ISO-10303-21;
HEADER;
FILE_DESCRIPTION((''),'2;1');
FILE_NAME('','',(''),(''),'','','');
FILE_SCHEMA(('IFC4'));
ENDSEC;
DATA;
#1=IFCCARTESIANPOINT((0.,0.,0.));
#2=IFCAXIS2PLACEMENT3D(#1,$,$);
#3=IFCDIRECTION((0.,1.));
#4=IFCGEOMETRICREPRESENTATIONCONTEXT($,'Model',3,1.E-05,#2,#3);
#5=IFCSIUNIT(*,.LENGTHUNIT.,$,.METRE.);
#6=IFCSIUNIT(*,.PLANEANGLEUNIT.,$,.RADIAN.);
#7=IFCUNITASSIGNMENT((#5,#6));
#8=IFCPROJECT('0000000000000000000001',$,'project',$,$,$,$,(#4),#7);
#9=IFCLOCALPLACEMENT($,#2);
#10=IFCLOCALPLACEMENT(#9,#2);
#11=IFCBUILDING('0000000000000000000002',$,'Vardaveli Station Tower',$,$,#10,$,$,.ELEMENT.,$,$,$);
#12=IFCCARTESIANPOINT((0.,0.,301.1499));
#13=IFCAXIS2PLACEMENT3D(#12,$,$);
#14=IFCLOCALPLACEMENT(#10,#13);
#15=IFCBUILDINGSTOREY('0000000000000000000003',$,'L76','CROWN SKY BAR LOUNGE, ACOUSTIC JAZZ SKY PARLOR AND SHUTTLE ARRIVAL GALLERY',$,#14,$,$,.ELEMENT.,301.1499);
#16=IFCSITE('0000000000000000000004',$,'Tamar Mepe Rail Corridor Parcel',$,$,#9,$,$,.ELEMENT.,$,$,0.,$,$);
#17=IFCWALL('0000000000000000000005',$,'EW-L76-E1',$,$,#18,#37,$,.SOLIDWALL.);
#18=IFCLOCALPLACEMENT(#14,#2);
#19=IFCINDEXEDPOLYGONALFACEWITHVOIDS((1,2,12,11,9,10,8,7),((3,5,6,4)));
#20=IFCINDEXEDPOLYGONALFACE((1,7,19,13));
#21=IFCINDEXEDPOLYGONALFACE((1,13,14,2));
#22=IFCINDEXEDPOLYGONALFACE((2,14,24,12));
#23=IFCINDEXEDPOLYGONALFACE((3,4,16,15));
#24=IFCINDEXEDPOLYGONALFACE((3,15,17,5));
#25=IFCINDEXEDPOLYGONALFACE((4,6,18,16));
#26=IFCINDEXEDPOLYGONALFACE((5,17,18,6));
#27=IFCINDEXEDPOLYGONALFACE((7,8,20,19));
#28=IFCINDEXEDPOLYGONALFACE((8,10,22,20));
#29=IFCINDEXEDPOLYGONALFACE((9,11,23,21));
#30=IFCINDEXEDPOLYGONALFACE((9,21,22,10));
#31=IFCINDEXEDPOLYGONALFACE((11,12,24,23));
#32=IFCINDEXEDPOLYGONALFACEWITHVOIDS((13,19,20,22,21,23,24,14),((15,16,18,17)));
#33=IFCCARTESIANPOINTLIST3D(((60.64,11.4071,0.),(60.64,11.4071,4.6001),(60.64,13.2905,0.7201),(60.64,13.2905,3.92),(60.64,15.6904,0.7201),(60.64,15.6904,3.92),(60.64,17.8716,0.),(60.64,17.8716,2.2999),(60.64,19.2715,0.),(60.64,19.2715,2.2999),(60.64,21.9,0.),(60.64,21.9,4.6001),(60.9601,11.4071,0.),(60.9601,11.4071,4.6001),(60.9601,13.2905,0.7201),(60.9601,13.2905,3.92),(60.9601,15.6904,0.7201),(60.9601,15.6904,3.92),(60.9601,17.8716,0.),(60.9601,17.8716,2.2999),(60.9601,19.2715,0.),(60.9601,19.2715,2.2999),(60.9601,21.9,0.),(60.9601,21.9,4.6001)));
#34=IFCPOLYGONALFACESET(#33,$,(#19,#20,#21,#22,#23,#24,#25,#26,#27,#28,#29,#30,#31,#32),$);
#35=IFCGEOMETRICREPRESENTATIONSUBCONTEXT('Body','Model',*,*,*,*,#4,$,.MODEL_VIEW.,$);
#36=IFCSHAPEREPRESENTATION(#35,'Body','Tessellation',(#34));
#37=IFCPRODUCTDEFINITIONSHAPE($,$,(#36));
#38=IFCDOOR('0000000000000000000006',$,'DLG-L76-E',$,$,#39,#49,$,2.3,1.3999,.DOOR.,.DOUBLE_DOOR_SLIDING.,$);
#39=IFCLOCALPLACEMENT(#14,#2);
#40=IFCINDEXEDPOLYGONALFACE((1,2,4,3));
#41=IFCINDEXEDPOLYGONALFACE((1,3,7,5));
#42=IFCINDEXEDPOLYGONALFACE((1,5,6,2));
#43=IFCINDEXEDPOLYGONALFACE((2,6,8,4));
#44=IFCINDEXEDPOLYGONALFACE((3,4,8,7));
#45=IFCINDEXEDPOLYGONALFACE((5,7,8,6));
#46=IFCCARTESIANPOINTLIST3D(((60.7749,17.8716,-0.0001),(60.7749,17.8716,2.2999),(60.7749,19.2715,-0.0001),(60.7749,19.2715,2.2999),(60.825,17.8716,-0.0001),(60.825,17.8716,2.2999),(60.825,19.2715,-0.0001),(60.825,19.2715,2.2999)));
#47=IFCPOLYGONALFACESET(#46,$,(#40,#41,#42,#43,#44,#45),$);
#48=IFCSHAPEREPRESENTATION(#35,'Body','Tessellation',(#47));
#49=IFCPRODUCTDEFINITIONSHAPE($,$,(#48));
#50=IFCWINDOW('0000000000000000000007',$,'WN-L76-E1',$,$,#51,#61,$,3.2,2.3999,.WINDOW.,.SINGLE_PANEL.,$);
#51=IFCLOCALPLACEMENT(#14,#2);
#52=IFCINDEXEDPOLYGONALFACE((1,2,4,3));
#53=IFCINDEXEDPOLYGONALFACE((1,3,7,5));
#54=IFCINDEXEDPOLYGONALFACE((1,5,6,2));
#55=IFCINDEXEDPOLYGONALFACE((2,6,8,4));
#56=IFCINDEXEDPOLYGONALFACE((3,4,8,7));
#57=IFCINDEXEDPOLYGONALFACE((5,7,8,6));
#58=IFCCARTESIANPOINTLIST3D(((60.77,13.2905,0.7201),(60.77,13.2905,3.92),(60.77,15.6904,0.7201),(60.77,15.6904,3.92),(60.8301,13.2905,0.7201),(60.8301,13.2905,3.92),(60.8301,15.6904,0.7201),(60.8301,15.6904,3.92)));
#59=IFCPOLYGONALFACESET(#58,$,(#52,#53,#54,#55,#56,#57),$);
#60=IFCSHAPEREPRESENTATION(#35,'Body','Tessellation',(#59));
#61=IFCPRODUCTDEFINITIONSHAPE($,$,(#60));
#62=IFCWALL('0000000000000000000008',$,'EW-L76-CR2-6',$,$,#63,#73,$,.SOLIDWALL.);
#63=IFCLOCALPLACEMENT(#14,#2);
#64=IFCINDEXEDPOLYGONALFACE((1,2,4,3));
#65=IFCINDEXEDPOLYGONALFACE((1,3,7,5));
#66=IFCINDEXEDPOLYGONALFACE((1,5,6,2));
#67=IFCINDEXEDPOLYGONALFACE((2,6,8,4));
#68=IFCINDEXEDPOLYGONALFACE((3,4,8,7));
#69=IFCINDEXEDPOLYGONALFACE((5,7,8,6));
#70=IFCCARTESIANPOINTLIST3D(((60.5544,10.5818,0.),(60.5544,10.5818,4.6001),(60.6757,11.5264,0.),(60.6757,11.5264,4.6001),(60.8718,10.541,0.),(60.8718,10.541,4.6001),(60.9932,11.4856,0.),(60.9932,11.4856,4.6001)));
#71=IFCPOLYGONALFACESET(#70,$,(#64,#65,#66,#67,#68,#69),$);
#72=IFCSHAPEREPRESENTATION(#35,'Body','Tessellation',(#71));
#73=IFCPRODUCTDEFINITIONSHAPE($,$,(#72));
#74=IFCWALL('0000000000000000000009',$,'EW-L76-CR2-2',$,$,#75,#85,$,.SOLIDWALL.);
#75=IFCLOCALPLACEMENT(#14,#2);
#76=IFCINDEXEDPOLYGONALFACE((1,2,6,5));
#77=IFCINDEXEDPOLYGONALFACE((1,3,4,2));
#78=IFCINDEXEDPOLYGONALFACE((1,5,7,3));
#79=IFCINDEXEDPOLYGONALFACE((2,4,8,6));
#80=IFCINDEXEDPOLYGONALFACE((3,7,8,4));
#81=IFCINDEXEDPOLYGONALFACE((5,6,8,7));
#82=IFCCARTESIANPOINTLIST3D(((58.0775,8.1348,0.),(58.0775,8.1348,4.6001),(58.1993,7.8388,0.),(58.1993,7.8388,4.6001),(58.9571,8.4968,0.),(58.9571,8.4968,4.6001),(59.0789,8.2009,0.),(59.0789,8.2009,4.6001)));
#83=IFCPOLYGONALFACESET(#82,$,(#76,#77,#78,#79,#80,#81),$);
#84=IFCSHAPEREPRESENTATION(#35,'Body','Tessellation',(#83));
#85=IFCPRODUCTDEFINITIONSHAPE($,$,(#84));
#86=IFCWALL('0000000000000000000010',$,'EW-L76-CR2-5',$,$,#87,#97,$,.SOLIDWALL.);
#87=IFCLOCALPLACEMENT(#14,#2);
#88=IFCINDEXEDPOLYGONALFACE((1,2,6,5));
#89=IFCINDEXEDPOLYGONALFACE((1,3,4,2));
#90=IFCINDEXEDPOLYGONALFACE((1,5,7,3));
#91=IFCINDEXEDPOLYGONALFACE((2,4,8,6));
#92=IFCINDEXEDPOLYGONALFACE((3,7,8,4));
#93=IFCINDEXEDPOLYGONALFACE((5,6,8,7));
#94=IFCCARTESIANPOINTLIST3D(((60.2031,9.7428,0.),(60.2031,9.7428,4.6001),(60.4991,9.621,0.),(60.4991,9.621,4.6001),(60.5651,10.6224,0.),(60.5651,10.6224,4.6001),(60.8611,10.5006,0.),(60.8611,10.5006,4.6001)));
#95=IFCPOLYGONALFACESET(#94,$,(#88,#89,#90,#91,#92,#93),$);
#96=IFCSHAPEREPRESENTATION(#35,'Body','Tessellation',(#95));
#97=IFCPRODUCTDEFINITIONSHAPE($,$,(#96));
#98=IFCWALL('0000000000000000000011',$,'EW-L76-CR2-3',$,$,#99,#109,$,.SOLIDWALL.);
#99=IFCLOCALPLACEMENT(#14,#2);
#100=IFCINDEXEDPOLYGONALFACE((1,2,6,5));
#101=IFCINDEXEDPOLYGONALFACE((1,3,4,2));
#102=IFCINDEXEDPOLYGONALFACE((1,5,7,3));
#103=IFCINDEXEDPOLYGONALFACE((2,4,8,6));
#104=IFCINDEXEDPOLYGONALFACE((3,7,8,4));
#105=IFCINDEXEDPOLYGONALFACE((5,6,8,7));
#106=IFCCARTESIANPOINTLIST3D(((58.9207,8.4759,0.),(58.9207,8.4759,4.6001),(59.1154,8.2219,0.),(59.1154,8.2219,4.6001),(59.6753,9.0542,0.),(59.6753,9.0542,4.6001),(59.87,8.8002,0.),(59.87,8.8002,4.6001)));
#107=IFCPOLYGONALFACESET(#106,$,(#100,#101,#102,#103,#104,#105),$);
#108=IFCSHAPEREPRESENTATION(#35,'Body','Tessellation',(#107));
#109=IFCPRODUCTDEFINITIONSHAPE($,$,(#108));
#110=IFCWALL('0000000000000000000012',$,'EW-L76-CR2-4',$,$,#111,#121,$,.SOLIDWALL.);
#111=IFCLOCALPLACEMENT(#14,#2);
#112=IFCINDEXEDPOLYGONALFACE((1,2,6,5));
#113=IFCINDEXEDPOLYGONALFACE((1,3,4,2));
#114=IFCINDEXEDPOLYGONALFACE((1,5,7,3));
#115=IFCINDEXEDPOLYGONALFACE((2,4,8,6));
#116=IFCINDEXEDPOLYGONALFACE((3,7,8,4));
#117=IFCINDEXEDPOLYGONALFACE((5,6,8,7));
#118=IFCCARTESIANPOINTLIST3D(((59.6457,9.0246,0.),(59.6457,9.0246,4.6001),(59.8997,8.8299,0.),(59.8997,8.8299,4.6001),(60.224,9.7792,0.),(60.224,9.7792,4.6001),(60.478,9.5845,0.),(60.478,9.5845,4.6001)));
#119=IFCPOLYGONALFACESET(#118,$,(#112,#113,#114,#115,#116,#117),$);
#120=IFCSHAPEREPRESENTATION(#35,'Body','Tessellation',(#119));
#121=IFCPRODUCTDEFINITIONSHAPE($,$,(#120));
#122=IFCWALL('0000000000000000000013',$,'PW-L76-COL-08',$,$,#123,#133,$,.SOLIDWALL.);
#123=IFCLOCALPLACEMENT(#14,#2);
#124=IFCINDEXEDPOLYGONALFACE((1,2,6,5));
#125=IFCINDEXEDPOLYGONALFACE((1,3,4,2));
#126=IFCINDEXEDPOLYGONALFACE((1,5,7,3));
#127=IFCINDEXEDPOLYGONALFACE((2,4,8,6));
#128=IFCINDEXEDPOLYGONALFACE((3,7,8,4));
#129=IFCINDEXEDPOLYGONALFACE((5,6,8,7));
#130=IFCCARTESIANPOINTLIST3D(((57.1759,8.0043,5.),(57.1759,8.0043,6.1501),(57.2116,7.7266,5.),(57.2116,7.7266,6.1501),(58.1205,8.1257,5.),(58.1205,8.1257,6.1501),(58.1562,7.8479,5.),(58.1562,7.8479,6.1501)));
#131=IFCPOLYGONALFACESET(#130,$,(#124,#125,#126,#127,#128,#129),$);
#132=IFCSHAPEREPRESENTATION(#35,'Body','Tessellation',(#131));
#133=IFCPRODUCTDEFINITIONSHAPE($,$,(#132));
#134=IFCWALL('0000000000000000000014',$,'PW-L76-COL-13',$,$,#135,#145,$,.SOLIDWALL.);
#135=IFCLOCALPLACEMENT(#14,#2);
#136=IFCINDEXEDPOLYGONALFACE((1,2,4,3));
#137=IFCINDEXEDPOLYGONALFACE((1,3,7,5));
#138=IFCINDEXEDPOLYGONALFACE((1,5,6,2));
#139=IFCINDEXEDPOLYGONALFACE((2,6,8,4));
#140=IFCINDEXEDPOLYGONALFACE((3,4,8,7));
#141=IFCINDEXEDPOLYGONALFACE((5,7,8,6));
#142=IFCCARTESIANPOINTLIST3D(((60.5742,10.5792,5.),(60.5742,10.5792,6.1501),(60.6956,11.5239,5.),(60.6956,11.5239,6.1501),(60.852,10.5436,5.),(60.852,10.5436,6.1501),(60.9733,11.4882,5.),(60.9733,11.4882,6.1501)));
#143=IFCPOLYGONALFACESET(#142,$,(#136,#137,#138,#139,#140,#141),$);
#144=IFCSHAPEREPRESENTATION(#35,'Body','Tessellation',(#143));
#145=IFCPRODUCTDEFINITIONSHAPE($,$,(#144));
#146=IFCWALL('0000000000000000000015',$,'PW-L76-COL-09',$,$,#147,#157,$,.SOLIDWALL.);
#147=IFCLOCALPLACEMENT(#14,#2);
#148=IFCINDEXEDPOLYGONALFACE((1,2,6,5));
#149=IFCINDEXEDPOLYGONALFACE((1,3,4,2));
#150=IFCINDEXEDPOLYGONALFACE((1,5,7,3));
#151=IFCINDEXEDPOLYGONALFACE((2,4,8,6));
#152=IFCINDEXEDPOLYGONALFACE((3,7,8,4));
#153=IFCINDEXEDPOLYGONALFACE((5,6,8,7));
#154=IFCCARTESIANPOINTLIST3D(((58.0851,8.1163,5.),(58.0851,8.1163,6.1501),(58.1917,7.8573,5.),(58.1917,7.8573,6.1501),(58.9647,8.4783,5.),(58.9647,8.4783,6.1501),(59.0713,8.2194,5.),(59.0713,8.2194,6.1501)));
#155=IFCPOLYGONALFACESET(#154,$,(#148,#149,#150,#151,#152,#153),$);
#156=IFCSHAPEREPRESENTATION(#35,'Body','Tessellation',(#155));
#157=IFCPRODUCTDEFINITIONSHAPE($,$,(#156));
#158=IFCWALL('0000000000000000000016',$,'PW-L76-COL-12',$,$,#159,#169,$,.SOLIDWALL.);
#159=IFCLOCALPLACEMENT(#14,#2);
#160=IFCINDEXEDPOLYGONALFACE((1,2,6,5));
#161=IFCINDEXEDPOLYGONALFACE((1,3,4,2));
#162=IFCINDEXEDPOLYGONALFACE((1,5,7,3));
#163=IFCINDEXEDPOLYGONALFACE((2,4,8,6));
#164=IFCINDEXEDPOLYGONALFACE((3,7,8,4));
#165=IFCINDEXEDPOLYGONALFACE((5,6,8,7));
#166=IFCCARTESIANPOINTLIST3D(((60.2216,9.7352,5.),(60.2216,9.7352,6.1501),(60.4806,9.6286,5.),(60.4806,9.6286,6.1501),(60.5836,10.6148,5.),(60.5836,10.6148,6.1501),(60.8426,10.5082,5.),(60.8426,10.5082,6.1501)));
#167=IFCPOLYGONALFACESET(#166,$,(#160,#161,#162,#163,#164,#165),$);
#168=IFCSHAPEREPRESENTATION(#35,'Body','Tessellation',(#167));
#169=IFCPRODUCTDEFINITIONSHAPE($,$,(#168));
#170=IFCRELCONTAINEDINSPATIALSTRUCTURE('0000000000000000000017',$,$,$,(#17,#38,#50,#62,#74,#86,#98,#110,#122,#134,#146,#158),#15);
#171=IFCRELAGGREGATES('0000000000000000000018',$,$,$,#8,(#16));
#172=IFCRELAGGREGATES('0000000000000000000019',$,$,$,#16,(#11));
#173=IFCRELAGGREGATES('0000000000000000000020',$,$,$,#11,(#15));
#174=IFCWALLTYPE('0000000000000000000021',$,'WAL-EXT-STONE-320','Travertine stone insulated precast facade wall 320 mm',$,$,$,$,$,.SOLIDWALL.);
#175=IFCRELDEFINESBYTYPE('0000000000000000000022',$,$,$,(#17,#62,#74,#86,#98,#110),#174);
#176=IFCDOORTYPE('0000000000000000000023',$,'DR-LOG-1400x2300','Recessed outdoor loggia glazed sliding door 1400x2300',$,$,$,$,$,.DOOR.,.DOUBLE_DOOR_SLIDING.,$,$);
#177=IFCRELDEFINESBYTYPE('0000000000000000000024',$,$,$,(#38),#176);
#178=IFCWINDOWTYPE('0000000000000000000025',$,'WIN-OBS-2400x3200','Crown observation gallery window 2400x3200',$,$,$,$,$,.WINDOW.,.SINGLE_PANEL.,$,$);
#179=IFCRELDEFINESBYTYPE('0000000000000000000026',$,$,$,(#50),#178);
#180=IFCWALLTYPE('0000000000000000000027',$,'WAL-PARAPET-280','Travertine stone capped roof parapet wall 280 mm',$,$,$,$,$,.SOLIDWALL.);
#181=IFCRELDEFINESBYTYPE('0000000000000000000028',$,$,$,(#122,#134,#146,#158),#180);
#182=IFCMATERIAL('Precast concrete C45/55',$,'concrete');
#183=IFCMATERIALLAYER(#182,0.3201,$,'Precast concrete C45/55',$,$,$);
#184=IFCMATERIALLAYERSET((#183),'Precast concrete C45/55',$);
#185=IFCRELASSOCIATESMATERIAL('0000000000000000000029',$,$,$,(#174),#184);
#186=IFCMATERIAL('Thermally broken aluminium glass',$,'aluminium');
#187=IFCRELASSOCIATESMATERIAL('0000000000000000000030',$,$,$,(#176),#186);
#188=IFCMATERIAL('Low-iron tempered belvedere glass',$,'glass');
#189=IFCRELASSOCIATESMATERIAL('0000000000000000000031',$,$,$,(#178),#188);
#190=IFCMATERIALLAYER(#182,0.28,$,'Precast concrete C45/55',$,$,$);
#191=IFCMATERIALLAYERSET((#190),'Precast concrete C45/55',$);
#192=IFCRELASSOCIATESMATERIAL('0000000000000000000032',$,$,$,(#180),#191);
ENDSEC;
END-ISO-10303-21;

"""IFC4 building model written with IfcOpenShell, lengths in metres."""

from ifc_helpers import new_model, si_unit, direction, frame, frame_2d, origin, place, context, subcontext, project, spatial, rectangle, extrude, source, transform, mapped, material, layer, layer_set, type_object, element, fill, save


model = new_model("IFC4")

# Units and contexts
model_context = context("Model", 3, precision=1e-05, world=origin(), true_north=direction((0.0, 1.0)))
body_context = subcontext(model_context, "Body", "Model", "MODEL_VIEW")
ifc_project = project(units=[si_unit("LENGTHUNIT", "METRE"), si_unit("PLANEANGLEUNIT", "RADIAN")], contexts=[model_context])

# Site, building, storey
site_placement = place(None, origin())
site = spatial("IfcSite", under=ifc_project, at=site_placement, Name="Tamar Mepe Rail Corridor Parcel", CompositionType="ELEMENT", RefElevation=0.0)
building_placement = place(site_placement, origin())
building = spatial("IfcBuilding", under=site, at=building_placement, Name="Vardaveli Station Tower", CompositionType="ELEMENT")
storey_placement = place(building_placement, frame((0.0, 0.0, 301.1499)))
storey = spatial("IfcBuildingStorey", under=building, at=storey_placement, Name="L76", Description="CROWN SKY BAR LOUNGE, ACOUSTIC JAZZ SKY PARLOR AND SHUTTLE ARRIVAL GALLERY", CompositionType="ELEMENT", Elevation=301.1499)

# Shared definitions
ifc_material_1 = material(Name="Precast concrete C45/55", Category="concrete")

# Wall, openings, door, window
ifc_layer_1 = layer(ifc_material_1, 0.3201, Name="Precast concrete C45/55")
ifc_layer_set_1 = layer_set([ifc_layer_1], Name="Precast concrete C45/55")
wall_type_1 = type_object("IfcWallType", Name="WAL-EXT-STONE-320", Description="Travertine stone insulated precast facade wall 320 mm", PredefinedType="SOLIDWALL", material=ifc_layer_set_1)
shared_shape_1 = source(origin(), body_context, "Body", "SweptSolid", [
    extrude(rectangle(XDim=10.4929, YDim=0.3201, at=frame_2d((5.2466, 0.0))), origin(), (0.0, 0.0, 1.0), 4.6001),
])
wall_1_placement = place(storey_placement, frame((60.8, 11.407, 0.0), z_axis=(0.0, 0.0, 1.0), x_axis=(0.0, 1.0, 0.0)))
wall_1 = element("IfcWall", 1, at=wall_1_placement, inside=storey, type_object=wall_type_1, Name="EW-L76-E1", PredefinedType="SOLIDWALL", context=body_context, shape_type="MappedRepresentation", body=[
    mapped(shared_shape_1, transform((0.0, 0.0, 0.0), scale=1.0)),
])
shared_shape_2 = source(origin(), body_context, "Body", "SweptSolid", [
    extrude(rectangle(XDim=1.3999, YDim=2.3, at=frame_2d((0.7, 1.1499))), frame((0.0, 0.1699, 0.0), z_axis=(0.0, -1.0, 0.0), x_axis=(1.0, 0.0, 0.0)), (0.0, 0.0, 1.0), 0.3401),
])
opening_1_placement = place(wall_1_placement, frame((6.4646, 0.0, 0.0)))
opening_1 = element("IfcOpeningElement", 2, at=opening_1_placement, cuts=wall_1, PredefinedType="OPENING", context=body_context, shape_type="MappedRepresentation", body=[
    mapped(shared_shape_2, transform((0.0, 0.0, 0.0), scale=1.0)),
])
shared_shape_3 = source(origin(), body_context, "Body", "SweptSolid", [
    extrude(rectangle(XDim=2.3999, YDim=3.2, at=frame_2d((1.2, 1.6001))), frame((0.0, 0.1699, 0.0), z_axis=(0.0, -1.0, 0.0), x_axis=(1.0, 0.0, 0.0)), (0.0, 0.0, 1.0), 0.3401),
])
opening_2_placement = place(wall_1_placement, frame((1.8835, 0.0, 0.72)))
opening_2 = element("IfcOpeningElement", 3, at=opening_2_placement, cuts=wall_1, PredefinedType="OPENING", context=body_context, shape_type="MappedRepresentation", body=[
    mapped(shared_shape_3, transform((0.0, 0.0, 0.0), scale=1.0)),
])
ifc_material_2 = material(Name="Thermally broken aluminium glass", Category="aluminium")
door_type = type_object("IfcDoorType", Name="DR-LOG-1400x2300", Description="Recessed outdoor loggia glazed sliding door 1400x2300", OperationType="DOUBLE_DOOR_SLIDING", PredefinedType="DOOR", material=ifc_material_2)
shared_shape_4 = source(origin(), body_context, "Body", "SweptSolid", [
    extrude(rectangle(XDim=1.3999, YDim=2.3, at=frame_2d((0.7, 1.1499))), frame((0.0, 0.0249, 0.0), z_axis=(0.0, -1.0, 0.0), x_axis=(1.0, 0.0, 0.0)), (0.0, 0.0, 1.0), 0.05),
])
door_placement = place(opening_1_placement, frame((1.3999, 0.0, 0.0), z_axis=(0.0, 0.0, 1.0), x_axis=(-1.0, 0.0, 0.0)))
door = element("IfcDoor", 4, at=door_placement, inside=storey, type_object=door_type, Name="DLG-L76-E", OperationType="DOUBLE_DOOR_SLIDING", OverallHeight=2.3, OverallWidth=1.3999, PredefinedType="DOOR", context=body_context, shape_type="MappedRepresentation", body=[
    mapped(shared_shape_4, transform((0.0, 0.0, 0.0), scale=1.0)),
])
fill(opening_1, door)
ifc_material_3 = material(Name="Low-iron tempered belvedere glass", Category="glass")
window_type = type_object("IfcWindowType", Name="WIN-OBS-2400x3200", Description="Crown observation gallery window 2400x3200", PartitioningType="SINGLE_PANEL", PredefinedType="WINDOW", material=ifc_material_3)
shared_shape_5 = source(origin(), body_context, "Body", "SweptSolid", [
    extrude(rectangle(XDim=2.3999, YDim=3.2, at=frame_2d((1.2, 1.6001))), frame((0.0, 0.03, 0.0), z_axis=(0.0, -1.0, 0.0), x_axis=(1.0, 0.0, 0.0)), (0.0, 0.0, 1.0), 0.0601),
])
window_placement = place(opening_2_placement, origin())
window = element("IfcWindow", 5, at=window_placement, inside=storey, type_object=window_type, Name="WN-L76-E1", OverallHeight=3.2, OverallWidth=2.3999, PartitioningType="SINGLE_PANEL", PredefinedType="WINDOW", context=body_context, shape_type="MappedRepresentation", body=[
    mapped(shared_shape_5, transform((0.0, 0.0, 0.0), scale=1.0)),
])
fill(opening_2, window)

# Walls
shared_shape_6 = source(origin(), body_context, "Body", "SweptSolid", [
    extrude(rectangle(XDim=0.9524, YDim=0.3201, at=frame_2d((0.4761, 0.0))), origin(), (0.0, 0.0, 1.0), 4.6001),
])
wall_2_placement = place(storey_placement, frame((60.7131, 10.5615, 0.0), z_axis=(0.0, 0.0, 1.0), x_axis=(0.12741, 0.99185, 0.0)))
element("IfcWall", 6, at=wall_2_placement, inside=storey, type_object=wall_type_1, Name="EW-L76-CR2-6", PredefinedType="SOLIDWALL", context=body_context, shape_type="MappedRepresentation", body=[
    mapped(shared_shape_6, transform((0.0, 0.0, 0.0), scale=1.0)),
])
shared_shape_7 = source(origin(), body_context, "Body", "SweptSolid", [
    extrude(rectangle(XDim=0.9512, YDim=0.3201, at=frame_2d((0.4756, 0.0))), origin(), (0.0, 0.0, 1.0), 4.6001),
])
for number, where, z_axis, x_axis, name in (
    (7, (58.1384, 7.9868, 0.0), (0.0, 0.0, 1.0), (0.924731, 0.380621, 0.0), "EW-L76-CR2-2"),
    (8, (60.3511, 9.6819, 0.0), (0.0, 0.0, 1.0), (0.380621, 0.924731, 0.0), "EW-L76-CR2-5"),
):
    element("IfcWall", number, at=place(storey_placement, frame(where, z_axis=z_axis, x_axis=x_axis)), inside=storey, type_object=wall_type_1, Name=name, PredefinedType="SOLIDWALL", context=body_context, shape_type="MappedRepresentation", body=[
        mapped(shared_shape_7, transform((0.0, 0.0, 0.0), scale=1.0)),
    ])
shared_shape_8 = source(origin(), body_context, "Body", "SweptSolid", [
    extrude(rectangle(XDim=0.9507, YDim=0.3201, at=frame_2d((0.4753, 0.0))), origin(), (0.0, 0.0, 1.0), 4.6001),
])
for number, where, z_axis, x_axis, name in (
    (9, (59.0181, 8.3489, 0.0), (0.0, 0.0, 1.0), (0.793701, 0.608308, 0.0), "EW-L76-CR2-3"),
    (10, (59.7727, 8.9272, 0.0), (0.0, 0.0, 1.0), (0.608308, 0.793701, 0.0), "EW-L76-CR2-4"),
):
    element("IfcWall", number, at=place(storey_placement, frame(where, z_axis=z_axis, x_axis=x_axis)), inside=storey, type_object=wall_type_1, Name=name, PredefinedType="SOLIDWALL", context=body_context, shape_type="MappedRepresentation", body=[
        mapped(shared_shape_8, transform((0.0, 0.0, 0.0), scale=1.0)),
    ])
ifc_layer_2 = layer(ifc_material_1, 0.28, Name="Precast concrete C45/55")
ifc_layer_set_2 = layer_set([ifc_layer_2], Name="Precast concrete C45/55")
wall_type_2 = type_object("IfcWallType", Name="WAL-PARAPET-280", Description="Travertine stone capped roof parapet wall 280 mm", PredefinedType="SOLIDWALL", material=ifc_layer_set_2)
shared_shape_9 = source(origin(), body_context, "Body", "SweptSolid", [
    extrude(rectangle(XDim=0.9524, YDim=0.28, at=frame_2d((0.4761, 0.0))), origin(), (0.0, 0.0, 1.0), 1.1501),
])
for number, where, z_axis, x_axis, name in (
    (11, (57.1938, 7.8655, 5.0), (0.0, 0.0, 1.0), (0.99185, 0.12741, 0.0), "PW-L76-COL-08"),
    (12, (60.7131, 10.5615, 5.0), (0.0, 0.0, 1.0), (0.12741, 0.99185, 0.0), "PW-L76-COL-13"),
):
    element("IfcWall", number, at=place(storey_placement, frame(where, z_axis=z_axis, x_axis=x_axis)), inside=storey, type_object=wall_type_2, Name=name, PredefinedType="SOLIDWALL", context=body_context, shape_type="MappedRepresentation", body=[
        mapped(shared_shape_9, transform((0.0, 0.0, 0.0), scale=1.0)),
    ])
shared_shape_10 = source(origin(), body_context, "Body", "SweptSolid", [
    extrude(rectangle(XDim=0.9512, YDim=0.28, at=frame_2d((0.4756, 0.0))), origin(), (0.0, 0.0, 1.0), 1.1501),
])
for number, where, z_axis, x_axis, name in (
    (13, (58.1384, 7.9868, 5.0), (0.0, 0.0, 1.0), (0.924731, 0.380621, 0.0), "PW-L76-COL-09"),
    (14, (60.3511, 9.6819, 5.0), (0.0, 0.0, 1.0), (0.380621, 0.924731, 0.0), "PW-L76-COL-12"),
):
    element("IfcWall", number, at=place(storey_placement, frame(where, z_axis=z_axis, x_axis=x_axis)), inside=storey, type_object=wall_type_2, Name=name, PredefinedType="SOLIDWALL", context=body_context, shape_type="MappedRepresentation", body=[
        mapped(shared_shape_10, transform((0.0, 0.0, 0.0), scale=1.0)),
    ])

save(model, "model.ifc")
